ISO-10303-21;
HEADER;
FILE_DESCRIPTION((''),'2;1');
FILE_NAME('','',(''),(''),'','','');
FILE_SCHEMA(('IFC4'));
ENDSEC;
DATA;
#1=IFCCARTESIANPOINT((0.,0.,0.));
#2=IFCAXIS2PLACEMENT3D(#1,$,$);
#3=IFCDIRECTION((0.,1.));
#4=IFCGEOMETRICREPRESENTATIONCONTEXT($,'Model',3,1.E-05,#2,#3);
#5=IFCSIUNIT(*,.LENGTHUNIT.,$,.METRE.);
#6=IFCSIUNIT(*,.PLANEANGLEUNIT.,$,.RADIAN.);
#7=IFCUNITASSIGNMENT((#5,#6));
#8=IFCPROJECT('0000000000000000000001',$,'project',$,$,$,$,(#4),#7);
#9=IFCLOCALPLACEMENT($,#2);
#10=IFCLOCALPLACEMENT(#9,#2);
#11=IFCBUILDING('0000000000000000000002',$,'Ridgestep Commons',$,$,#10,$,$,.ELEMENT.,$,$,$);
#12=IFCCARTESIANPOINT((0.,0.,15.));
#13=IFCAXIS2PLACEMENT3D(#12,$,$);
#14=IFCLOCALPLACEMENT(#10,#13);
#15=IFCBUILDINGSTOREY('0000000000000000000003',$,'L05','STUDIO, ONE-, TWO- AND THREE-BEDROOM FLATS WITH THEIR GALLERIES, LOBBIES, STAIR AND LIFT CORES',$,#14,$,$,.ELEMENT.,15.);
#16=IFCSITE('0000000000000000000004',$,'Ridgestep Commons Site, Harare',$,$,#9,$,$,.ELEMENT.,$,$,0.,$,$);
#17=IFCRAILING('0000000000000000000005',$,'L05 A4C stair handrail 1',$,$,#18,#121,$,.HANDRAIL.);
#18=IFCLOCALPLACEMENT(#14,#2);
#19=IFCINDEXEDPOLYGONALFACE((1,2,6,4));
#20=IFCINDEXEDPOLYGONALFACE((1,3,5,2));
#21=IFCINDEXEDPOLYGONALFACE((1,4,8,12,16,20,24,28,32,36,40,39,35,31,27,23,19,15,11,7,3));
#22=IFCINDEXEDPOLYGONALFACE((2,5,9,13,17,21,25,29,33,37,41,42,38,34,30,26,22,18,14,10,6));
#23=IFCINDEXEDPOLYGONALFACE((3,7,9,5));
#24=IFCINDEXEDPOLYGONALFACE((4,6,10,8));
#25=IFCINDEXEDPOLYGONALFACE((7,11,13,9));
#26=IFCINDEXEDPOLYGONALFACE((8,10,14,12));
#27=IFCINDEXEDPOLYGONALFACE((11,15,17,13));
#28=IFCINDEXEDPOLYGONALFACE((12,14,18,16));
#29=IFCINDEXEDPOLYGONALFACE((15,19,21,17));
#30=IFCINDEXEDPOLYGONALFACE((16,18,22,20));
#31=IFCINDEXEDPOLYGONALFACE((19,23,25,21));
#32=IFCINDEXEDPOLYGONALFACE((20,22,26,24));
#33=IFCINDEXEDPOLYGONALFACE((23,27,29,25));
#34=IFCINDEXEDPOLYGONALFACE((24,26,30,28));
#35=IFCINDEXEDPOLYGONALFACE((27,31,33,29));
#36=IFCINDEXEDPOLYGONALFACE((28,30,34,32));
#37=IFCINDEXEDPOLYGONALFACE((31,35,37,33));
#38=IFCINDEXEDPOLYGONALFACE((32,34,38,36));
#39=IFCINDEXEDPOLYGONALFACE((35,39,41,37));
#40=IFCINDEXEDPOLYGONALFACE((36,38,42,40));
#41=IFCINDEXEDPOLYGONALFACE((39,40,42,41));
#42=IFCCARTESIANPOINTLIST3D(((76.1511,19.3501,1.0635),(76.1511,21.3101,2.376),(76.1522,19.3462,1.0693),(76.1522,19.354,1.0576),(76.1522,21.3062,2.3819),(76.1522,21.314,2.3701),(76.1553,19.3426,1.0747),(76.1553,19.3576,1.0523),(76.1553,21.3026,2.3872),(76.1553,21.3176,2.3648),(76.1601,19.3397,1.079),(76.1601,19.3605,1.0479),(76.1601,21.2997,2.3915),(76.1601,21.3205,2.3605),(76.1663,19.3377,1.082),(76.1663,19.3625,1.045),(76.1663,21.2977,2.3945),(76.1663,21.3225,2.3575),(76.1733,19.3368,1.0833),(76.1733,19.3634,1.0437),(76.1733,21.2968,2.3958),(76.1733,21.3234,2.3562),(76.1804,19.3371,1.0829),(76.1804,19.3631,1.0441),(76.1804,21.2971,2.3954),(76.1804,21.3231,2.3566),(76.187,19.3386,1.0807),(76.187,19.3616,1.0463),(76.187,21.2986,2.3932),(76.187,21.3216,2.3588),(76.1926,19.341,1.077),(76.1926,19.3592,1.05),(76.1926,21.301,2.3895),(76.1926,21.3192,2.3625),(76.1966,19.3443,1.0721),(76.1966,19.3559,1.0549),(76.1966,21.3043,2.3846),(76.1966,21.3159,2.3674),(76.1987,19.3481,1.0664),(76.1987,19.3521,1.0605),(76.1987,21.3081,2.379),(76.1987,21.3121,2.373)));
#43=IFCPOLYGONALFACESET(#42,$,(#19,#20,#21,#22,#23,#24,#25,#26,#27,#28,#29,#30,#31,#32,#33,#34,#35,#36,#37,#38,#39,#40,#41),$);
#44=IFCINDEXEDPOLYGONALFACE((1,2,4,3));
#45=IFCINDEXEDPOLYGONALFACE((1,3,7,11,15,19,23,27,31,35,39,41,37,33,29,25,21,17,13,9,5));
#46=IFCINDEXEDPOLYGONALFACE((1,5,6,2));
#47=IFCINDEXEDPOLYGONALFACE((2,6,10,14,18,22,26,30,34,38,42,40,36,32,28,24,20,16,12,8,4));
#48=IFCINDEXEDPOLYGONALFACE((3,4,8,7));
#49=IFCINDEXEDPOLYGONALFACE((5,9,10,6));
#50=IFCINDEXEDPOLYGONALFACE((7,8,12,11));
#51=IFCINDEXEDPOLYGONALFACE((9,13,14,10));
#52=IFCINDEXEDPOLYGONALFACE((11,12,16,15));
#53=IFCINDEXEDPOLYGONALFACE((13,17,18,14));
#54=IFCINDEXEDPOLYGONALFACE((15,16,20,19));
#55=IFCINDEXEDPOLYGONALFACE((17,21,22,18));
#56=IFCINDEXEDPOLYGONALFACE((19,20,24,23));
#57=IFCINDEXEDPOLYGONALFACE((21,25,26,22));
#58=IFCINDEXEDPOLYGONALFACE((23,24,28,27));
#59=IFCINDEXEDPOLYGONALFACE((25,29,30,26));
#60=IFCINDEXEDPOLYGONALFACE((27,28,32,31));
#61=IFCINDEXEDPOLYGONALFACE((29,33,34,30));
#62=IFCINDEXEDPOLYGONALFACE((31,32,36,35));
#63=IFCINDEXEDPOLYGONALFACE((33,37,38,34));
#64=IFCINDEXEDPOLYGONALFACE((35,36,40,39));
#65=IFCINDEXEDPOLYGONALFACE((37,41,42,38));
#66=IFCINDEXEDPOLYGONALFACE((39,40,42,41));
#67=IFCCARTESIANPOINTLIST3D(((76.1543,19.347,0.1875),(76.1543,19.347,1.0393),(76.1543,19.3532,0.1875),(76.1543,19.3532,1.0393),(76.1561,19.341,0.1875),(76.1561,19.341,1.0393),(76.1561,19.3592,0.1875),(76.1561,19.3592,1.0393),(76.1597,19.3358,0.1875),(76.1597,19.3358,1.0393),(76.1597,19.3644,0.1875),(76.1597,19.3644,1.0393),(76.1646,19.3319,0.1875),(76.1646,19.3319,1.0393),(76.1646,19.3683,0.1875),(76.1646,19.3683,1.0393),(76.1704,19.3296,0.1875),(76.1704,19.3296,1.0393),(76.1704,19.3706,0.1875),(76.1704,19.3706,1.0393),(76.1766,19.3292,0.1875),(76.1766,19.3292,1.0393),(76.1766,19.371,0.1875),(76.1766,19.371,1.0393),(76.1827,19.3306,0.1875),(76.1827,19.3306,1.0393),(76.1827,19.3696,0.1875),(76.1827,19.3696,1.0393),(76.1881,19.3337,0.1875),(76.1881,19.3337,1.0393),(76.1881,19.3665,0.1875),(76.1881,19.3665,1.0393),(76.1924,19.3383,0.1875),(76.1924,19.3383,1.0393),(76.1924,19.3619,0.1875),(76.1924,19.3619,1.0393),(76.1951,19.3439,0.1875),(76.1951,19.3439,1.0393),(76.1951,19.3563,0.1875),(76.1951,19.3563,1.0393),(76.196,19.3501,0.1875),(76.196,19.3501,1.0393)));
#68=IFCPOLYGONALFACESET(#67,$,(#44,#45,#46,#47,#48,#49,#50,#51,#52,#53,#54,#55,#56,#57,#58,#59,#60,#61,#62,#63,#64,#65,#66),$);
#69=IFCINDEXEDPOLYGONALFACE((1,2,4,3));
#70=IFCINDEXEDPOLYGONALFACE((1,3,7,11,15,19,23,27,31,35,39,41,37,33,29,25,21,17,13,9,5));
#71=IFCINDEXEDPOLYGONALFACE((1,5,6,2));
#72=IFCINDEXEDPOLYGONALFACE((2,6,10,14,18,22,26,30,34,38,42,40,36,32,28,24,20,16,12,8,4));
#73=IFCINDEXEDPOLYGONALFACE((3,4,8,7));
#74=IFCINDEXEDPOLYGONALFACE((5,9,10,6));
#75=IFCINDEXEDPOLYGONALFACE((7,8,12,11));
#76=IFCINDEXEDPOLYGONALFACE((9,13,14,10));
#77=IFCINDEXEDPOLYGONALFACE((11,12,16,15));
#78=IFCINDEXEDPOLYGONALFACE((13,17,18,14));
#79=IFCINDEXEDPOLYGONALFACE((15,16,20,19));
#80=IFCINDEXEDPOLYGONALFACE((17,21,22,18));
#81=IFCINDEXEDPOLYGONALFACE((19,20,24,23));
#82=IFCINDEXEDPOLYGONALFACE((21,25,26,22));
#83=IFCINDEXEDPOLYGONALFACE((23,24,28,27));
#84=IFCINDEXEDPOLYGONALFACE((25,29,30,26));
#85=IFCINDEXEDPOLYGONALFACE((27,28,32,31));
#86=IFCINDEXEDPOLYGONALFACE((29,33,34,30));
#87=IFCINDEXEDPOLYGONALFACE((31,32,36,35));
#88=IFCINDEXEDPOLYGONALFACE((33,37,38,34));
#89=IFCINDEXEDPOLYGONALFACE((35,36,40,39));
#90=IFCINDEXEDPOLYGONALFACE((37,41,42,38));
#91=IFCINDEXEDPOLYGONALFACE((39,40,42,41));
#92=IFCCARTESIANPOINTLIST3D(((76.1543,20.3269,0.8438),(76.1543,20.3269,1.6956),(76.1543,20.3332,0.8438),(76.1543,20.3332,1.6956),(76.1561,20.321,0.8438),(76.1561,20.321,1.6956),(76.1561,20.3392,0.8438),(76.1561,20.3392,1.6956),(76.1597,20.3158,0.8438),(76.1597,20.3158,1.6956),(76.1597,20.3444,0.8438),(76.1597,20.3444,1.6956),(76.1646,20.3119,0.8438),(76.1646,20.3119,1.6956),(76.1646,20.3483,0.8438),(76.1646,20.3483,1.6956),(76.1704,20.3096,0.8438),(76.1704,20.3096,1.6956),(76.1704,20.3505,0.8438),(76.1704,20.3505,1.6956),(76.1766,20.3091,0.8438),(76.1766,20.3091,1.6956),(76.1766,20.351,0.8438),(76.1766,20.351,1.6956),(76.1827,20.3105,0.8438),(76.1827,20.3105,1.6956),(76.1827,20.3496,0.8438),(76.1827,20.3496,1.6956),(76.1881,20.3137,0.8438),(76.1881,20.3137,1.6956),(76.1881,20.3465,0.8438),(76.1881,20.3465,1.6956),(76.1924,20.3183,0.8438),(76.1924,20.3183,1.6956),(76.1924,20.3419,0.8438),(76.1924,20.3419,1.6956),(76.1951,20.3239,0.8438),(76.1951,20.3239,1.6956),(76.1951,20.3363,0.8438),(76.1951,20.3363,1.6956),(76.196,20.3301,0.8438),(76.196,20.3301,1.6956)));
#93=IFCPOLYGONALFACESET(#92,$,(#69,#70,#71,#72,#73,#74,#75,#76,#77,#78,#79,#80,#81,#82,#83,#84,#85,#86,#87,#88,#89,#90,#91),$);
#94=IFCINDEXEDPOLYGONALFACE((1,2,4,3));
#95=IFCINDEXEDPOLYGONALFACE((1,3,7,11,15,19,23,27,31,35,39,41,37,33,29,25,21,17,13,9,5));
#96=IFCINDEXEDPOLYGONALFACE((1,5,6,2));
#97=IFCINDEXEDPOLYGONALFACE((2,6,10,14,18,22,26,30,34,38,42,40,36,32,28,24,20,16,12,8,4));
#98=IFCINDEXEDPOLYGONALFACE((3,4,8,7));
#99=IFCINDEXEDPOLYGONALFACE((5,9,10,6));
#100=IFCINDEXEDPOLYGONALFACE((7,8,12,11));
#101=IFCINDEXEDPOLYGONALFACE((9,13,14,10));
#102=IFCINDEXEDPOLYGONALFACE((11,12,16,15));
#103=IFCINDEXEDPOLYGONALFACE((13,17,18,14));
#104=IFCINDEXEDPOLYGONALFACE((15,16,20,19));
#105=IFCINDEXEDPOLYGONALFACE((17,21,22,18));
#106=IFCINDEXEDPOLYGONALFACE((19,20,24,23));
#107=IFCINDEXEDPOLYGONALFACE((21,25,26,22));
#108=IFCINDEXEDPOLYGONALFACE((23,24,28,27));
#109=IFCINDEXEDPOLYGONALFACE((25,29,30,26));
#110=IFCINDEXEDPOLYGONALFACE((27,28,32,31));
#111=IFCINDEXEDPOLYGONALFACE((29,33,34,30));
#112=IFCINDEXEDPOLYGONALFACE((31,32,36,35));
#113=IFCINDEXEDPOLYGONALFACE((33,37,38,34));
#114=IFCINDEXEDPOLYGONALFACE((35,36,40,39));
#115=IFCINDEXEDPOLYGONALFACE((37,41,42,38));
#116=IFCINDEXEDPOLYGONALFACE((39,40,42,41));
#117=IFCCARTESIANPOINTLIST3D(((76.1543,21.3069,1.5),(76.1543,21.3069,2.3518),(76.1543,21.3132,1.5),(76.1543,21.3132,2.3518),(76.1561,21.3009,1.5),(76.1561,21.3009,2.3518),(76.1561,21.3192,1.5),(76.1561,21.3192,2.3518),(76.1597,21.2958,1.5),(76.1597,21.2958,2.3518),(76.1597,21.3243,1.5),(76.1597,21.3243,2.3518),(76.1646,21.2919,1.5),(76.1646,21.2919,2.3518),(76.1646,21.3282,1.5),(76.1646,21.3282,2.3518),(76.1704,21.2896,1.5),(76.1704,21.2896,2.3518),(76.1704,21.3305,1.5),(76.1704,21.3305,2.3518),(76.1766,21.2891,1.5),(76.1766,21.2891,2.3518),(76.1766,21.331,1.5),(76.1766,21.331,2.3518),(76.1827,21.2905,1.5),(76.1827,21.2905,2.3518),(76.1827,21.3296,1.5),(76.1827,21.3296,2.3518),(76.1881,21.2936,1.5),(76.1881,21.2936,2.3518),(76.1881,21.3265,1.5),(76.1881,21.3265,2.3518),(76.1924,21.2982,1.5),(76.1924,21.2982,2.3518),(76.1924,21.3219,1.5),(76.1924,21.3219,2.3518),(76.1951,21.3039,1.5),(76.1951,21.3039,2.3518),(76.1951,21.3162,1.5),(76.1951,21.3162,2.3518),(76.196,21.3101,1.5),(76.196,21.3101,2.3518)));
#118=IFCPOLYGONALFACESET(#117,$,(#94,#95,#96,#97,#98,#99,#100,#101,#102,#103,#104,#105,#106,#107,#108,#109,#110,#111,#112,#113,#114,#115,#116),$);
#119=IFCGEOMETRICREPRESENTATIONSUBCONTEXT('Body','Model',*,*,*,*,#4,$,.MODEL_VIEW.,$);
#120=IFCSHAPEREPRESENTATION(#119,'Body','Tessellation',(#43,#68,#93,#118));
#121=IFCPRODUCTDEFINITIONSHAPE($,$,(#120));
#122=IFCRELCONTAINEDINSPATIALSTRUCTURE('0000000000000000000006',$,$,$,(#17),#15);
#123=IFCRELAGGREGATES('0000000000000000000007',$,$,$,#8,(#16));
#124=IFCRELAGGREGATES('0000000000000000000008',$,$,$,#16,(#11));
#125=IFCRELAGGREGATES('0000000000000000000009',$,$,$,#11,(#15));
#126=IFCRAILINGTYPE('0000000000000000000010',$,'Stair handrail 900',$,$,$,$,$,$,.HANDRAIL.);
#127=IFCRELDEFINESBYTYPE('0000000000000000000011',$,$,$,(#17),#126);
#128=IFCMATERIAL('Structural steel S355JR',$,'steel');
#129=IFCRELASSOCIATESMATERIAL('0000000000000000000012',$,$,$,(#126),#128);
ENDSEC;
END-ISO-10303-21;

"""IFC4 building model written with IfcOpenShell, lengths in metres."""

from ifc_helpers import new_model, si_unit, direction, frame, origin, origin_2d, place, context, subcontext, project, spatial, circle, extrude, material, type_object, element, save


model = new_model("IFC4")

# Units and contexts
model_context = context("Model", 3, precision=1e-05, world=origin(), true_north=direction((0.0, 1.0)))
body_context = subcontext(model_context, "Body", "Model", "MODEL_VIEW")
ifc_project = project(units=[si_unit("LENGTHUNIT", "METRE"), si_unit("PLANEANGLEUNIT", "RADIAN")], contexts=[model_context])

# Site, building, storey
site_placement = place(None, origin())
site = spatial("IfcSite", under=ifc_project, at=site_placement, Name="Ridgestep Commons Site, Harare", CompositionType="ELEMENT", RefElevation=0.0)
building_placement = place(site_placement, origin())
building = spatial("IfcBuilding", under=site, at=building_placement, Name="Ridgestep Commons", CompositionType="ELEMENT")
storey_placement = place(building_placement, frame((0.0, 0.0, 15.0)))
storey = spatial("IfcBuildingStorey", under=building, at=storey_placement, Name="L05", Description="STUDIO, ONE-, TWO- AND THREE-BEDROOM FLATS WITH THEIR GALLERIES, LOBBIES, STAIR AND LIFT CORES", CompositionType="ELEMENT", Elevation=15.0)

# Railing
ifc_material_1 = material(Name="Structural steel S355JR", Category="steel")
railing_type_1 = type_object("IfcRailingType", Name="Stair handrail 900", PredefinedType="HANDRAIL", material=ifc_material_1)
railing_1_placement = place(storey_placement, frame((76.175, 19.3501, 0.1875)))
element("IfcRailing", 1, at=railing_1_placement, inside=storey, type_object=railing_type_1, Name="L05 A4C stair handrail 1", PredefinedType="HANDRAIL", context=body_context, shape_type="SweptSolid", body=[
    extrude(circle(Radius=0.0239, at=origin_2d()), frame((0.0, 0.0, 0.876), z_axis=(0.0, 0.830902, 0.556419), x_axis=(-1.0, 0.0, 0.0)), (0.0, 0.0, 1.0), 2.3589),
    extrude(circle(Radius=0.021, at=origin_2d()), origin(), (0.0, 0.0, 1.0), 0.8518),
    extrude(circle(Radius=0.021, at=origin_2d()), frame((0.0, 0.98, 0.6562)), (0.0, 0.0, 1.0), 0.8518),
    extrude(circle(Radius=0.021, at=origin_2d()), frame((0.0, 1.96, 1.3125)), (0.0, 0.0, 1.0), 0.8518),
])

save(model, "model.ifc")
